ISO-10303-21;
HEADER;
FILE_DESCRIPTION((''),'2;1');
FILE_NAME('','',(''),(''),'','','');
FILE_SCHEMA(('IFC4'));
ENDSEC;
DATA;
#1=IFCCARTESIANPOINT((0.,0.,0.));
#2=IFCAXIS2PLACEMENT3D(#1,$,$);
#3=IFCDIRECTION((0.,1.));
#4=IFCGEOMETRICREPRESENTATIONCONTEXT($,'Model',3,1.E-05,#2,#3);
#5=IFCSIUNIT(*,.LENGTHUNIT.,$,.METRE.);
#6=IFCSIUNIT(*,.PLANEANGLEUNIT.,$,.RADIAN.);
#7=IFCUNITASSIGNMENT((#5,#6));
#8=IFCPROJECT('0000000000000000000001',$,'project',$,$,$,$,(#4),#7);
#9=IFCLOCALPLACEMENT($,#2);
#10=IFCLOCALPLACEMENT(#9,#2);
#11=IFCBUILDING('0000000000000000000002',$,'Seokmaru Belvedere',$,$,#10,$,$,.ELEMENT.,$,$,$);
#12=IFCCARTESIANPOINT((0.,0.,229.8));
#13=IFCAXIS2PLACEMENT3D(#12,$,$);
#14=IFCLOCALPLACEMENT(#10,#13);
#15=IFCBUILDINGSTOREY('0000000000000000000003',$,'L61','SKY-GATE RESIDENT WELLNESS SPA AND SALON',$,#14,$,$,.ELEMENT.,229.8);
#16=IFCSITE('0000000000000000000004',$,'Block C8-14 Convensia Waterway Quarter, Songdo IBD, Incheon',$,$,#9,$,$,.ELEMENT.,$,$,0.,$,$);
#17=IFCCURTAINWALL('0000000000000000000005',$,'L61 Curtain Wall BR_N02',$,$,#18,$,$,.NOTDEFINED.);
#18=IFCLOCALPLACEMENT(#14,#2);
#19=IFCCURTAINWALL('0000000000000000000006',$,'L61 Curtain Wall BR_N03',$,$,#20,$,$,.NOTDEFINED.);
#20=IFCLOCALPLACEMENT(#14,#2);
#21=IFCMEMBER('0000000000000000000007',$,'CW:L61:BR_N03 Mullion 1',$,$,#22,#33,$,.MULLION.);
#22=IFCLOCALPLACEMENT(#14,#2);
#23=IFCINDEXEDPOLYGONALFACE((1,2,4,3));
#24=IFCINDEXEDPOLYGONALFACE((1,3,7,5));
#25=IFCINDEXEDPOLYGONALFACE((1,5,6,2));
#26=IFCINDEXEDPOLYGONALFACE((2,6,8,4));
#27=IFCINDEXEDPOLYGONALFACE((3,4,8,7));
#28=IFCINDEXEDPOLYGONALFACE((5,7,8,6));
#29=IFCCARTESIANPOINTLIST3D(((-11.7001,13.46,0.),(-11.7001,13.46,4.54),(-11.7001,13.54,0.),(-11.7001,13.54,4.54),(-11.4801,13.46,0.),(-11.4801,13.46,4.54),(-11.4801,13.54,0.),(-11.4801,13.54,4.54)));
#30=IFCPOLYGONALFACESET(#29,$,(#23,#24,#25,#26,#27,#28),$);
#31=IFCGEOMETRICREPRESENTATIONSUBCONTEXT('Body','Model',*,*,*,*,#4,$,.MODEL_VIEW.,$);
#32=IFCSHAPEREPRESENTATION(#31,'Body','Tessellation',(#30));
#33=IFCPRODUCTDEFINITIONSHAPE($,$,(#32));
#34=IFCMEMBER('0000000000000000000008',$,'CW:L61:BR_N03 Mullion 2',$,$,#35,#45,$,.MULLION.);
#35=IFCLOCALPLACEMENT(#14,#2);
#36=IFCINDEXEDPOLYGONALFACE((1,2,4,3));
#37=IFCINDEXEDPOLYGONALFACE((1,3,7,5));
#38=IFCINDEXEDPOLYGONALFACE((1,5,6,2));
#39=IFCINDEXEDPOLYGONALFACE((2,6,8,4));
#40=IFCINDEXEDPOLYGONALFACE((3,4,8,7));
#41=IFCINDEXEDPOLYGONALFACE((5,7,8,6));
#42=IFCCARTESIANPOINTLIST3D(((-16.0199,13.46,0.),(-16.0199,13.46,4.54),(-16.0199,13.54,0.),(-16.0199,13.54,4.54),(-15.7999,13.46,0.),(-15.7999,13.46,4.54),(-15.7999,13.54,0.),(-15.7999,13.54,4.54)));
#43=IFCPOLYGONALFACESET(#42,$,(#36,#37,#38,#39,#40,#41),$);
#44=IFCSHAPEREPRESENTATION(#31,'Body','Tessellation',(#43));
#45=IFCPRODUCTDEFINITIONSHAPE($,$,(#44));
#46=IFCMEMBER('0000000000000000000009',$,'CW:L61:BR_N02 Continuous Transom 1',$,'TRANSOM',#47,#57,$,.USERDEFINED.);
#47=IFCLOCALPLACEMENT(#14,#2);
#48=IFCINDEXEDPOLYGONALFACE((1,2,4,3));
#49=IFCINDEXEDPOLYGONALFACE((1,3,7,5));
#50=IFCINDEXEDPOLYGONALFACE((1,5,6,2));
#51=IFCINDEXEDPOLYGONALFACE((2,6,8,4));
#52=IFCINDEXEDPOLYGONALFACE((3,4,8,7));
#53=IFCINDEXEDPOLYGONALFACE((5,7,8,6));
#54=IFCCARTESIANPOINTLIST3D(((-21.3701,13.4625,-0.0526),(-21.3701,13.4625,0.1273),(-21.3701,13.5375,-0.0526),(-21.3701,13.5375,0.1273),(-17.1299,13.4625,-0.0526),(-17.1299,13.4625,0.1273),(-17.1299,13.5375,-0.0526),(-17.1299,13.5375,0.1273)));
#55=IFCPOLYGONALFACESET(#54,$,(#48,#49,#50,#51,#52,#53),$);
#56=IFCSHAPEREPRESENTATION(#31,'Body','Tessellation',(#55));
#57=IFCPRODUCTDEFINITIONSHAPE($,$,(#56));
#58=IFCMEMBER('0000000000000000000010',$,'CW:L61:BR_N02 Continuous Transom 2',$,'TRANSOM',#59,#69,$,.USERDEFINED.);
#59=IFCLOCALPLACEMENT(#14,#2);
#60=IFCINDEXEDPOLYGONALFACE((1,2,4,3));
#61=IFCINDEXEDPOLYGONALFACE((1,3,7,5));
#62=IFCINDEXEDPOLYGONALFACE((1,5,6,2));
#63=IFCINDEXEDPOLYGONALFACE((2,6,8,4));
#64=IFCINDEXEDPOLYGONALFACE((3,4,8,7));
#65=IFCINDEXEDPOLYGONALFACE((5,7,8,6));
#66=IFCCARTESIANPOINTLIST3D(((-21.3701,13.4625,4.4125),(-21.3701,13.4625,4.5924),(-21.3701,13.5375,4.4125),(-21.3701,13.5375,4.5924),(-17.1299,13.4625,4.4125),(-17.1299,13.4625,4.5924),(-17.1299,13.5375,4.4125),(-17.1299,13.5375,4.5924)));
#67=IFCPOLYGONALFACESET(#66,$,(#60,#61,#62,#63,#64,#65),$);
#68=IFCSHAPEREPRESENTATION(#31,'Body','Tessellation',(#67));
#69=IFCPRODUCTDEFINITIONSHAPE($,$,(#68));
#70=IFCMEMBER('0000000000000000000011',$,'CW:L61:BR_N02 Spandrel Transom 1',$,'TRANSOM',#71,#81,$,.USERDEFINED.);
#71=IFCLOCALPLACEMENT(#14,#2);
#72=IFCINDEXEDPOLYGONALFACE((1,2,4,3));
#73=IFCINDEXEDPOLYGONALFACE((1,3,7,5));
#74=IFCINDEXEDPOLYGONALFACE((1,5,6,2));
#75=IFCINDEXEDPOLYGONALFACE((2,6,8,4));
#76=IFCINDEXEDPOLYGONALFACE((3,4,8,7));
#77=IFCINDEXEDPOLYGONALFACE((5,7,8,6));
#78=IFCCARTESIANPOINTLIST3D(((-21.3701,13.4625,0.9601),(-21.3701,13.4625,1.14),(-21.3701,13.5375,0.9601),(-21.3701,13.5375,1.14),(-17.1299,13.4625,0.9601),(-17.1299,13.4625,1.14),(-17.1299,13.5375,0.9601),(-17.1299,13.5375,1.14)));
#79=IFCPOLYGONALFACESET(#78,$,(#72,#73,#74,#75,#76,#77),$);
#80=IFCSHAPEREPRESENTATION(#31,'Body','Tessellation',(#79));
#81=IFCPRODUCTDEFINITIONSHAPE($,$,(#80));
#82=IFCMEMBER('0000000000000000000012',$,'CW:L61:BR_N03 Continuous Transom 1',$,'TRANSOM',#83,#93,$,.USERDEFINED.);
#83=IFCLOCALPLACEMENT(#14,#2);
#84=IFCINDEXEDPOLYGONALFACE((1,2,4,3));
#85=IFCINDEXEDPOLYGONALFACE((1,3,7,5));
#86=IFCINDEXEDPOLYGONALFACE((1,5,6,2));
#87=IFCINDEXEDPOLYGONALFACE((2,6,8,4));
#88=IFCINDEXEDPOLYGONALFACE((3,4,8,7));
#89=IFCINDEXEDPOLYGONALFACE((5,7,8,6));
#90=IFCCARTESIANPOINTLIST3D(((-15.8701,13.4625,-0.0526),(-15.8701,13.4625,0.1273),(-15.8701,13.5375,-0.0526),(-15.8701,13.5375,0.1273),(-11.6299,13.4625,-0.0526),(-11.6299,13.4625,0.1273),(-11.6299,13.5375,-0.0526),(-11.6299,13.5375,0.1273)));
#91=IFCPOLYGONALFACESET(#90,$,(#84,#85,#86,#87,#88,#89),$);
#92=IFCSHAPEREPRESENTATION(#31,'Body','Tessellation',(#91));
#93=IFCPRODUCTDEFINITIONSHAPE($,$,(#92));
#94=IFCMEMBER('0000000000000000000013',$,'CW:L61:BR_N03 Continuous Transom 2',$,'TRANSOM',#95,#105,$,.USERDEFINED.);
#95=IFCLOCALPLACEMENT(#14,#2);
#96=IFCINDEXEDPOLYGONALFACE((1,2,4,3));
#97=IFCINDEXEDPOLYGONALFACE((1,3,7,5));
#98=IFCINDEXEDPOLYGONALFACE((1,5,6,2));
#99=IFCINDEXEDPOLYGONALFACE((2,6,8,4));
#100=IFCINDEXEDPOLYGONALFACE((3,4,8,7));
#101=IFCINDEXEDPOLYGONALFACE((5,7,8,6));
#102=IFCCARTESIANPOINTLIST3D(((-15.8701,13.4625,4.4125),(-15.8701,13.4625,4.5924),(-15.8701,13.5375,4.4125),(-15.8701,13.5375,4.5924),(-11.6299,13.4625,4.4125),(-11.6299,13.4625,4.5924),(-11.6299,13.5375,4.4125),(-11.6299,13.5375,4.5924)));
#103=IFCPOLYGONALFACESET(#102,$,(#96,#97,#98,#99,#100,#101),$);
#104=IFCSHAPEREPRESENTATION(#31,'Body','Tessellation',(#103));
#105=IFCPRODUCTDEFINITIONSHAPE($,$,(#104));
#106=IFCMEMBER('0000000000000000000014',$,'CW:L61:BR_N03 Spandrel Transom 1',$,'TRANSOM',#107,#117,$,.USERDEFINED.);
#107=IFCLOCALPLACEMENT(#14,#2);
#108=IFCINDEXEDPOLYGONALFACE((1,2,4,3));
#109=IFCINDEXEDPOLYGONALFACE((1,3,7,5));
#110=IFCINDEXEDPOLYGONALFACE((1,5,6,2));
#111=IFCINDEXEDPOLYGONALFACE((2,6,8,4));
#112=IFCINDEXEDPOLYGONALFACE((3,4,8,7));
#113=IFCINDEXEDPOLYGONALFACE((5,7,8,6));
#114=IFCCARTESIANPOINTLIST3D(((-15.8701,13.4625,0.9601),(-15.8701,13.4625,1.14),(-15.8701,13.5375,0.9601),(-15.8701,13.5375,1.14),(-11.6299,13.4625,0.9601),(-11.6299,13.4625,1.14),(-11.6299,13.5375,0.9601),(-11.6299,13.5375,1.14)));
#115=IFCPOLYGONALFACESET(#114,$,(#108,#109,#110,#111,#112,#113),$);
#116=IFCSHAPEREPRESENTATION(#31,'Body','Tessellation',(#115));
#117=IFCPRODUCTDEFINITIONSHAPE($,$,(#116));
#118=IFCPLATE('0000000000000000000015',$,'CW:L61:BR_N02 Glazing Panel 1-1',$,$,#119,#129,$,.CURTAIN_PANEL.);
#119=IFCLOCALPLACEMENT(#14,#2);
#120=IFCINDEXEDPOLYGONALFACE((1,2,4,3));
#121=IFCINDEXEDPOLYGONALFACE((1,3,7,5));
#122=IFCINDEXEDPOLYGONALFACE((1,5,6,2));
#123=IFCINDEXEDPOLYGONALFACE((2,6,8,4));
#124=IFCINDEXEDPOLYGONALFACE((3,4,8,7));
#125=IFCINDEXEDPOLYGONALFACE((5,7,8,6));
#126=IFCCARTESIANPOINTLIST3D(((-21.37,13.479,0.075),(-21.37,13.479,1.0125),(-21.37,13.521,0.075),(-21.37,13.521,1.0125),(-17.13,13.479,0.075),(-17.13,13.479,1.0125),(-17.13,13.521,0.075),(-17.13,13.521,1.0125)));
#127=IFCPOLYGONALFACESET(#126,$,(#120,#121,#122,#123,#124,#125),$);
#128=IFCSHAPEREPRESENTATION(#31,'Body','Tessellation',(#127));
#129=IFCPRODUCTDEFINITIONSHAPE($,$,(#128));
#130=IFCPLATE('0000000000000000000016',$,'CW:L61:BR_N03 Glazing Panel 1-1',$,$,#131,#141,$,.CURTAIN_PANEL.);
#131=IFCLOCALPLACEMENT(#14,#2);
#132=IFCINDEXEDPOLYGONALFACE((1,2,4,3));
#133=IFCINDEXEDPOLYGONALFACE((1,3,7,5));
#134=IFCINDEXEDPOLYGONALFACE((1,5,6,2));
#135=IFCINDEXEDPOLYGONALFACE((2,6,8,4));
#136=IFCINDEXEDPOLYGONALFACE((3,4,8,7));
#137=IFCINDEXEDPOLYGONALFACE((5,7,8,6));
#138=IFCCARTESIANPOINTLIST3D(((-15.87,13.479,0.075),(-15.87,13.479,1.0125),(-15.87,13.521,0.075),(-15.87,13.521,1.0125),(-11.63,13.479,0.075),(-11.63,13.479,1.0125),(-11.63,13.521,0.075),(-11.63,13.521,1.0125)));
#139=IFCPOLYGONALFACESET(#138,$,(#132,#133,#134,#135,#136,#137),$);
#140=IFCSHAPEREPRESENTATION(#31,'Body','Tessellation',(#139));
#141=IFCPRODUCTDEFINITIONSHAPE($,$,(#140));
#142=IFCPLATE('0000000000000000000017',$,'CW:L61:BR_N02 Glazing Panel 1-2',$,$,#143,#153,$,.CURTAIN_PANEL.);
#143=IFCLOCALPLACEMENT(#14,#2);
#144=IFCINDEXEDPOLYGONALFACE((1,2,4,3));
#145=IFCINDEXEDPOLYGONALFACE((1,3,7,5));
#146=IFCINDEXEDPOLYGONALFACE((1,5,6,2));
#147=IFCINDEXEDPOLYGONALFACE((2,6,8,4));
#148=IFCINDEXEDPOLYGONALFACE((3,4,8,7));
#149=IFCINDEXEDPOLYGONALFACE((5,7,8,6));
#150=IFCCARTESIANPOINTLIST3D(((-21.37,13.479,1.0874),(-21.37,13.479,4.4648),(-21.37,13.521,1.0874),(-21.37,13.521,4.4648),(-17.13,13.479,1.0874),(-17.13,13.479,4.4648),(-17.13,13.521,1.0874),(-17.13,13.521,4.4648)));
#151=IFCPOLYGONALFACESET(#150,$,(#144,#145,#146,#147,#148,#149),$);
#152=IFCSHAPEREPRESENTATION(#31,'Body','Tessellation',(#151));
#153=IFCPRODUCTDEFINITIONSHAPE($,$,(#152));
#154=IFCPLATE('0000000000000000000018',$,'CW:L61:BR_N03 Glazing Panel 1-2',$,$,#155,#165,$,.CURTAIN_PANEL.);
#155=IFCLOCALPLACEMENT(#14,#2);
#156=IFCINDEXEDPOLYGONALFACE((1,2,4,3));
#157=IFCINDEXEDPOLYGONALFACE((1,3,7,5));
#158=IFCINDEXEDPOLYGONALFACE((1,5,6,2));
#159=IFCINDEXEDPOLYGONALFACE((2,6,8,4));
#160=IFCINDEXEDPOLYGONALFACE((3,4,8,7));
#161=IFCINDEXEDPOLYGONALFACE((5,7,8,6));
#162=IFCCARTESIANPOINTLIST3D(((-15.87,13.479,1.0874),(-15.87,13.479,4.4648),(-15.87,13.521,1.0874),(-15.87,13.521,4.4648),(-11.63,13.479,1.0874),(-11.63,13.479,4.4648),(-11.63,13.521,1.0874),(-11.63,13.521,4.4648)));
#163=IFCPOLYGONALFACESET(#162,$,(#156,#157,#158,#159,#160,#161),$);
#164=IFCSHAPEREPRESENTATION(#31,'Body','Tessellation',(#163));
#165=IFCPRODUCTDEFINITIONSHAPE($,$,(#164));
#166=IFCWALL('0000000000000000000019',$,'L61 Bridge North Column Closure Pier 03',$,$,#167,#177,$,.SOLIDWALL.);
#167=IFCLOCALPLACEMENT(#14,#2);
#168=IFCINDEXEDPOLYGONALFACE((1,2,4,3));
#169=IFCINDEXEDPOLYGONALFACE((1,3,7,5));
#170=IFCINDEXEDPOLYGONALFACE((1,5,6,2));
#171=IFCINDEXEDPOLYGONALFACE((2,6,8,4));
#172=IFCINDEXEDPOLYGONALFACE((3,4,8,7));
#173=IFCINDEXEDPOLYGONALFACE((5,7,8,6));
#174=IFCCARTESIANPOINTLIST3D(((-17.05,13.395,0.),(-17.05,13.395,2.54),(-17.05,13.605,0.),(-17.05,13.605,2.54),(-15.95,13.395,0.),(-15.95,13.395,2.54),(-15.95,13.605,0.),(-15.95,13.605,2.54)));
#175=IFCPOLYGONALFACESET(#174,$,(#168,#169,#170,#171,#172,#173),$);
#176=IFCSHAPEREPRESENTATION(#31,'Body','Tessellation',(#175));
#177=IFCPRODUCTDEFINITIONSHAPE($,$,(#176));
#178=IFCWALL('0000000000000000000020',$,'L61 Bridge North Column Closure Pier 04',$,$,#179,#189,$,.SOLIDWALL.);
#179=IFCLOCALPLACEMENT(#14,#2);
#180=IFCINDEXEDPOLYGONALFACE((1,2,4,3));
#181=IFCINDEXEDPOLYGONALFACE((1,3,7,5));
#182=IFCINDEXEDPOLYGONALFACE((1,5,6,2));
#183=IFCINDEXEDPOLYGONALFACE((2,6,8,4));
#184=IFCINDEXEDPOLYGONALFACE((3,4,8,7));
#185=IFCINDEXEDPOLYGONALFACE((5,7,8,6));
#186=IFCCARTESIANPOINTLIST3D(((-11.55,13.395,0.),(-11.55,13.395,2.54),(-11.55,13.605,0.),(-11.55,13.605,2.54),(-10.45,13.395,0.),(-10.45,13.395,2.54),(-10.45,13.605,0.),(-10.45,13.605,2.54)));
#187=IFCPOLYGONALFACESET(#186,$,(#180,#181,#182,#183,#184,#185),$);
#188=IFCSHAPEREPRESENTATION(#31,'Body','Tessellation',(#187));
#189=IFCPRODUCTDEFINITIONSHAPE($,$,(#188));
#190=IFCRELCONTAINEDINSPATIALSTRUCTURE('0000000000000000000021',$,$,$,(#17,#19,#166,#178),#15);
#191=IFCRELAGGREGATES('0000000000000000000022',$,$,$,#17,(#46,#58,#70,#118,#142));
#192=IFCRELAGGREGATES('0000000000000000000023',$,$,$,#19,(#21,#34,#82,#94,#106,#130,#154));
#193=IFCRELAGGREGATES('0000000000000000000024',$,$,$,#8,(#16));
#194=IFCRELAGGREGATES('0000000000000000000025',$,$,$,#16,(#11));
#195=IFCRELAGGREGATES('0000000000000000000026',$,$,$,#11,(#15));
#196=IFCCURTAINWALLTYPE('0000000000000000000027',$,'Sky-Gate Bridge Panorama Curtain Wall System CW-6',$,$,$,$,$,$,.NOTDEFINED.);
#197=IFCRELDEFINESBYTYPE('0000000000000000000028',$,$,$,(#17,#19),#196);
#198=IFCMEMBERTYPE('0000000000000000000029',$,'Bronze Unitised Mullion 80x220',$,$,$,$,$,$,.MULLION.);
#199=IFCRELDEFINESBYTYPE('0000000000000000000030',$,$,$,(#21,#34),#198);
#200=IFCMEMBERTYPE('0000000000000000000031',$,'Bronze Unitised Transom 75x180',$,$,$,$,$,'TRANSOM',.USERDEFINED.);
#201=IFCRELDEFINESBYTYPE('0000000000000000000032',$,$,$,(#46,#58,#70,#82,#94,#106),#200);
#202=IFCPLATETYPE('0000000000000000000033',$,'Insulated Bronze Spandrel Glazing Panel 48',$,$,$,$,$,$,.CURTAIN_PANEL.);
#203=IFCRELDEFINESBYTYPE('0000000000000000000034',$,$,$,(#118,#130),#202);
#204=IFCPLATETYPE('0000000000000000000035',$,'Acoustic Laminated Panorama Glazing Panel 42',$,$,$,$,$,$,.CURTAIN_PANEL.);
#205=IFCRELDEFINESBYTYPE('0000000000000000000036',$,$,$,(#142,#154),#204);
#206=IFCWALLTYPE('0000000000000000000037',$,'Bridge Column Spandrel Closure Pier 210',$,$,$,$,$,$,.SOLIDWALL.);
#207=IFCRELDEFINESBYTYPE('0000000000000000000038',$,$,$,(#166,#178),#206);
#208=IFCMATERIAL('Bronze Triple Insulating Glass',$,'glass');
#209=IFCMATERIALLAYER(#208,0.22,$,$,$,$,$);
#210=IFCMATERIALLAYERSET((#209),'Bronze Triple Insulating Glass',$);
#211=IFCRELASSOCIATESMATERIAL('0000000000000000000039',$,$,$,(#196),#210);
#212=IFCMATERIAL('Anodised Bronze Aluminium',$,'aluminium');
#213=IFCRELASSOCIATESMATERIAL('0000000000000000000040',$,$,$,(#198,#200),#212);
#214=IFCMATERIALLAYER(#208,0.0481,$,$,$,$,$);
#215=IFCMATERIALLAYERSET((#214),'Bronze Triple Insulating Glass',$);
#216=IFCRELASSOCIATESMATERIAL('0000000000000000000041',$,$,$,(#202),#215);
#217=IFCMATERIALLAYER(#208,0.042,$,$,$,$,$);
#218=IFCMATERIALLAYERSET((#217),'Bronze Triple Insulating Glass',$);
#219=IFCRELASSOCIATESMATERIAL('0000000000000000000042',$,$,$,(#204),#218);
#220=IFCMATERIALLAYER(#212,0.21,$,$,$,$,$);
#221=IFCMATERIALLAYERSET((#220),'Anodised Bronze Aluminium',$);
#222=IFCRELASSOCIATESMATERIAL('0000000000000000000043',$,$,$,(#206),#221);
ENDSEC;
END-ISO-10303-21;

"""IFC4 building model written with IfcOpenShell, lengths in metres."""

from ifc_helpers import new_model, si_unit, direction, frame, frame_2d, origin, origin_2d, place, context, subcontext, project, spatial, rectangle, extrude, source, transform, mapped, material, layer, layer_set, material_profile, profile_set, type_object, type_shapes, element, aggregate, save


model = new_model("IFC4")

# Units and contexts
model_context = context("Model", 3, precision=1e-05, world=origin(), true_north=direction((0.0, 1.0)))
body_context = subcontext(model_context, "Body", "Model", "MODEL_VIEW")
ifc_project = project(units=[si_unit("LENGTHUNIT", "METRE"), si_unit("PLANEANGLEUNIT", "RADIAN")], contexts=[model_context])

# Site, building, storey
site_placement = place(None, origin())
site = spatial("IfcSite", under=ifc_project, at=site_placement, Name="Block C8-14 Convensia Waterway Quarter, Songdo IBD, Incheon", CompositionType="ELEMENT", RefElevation=0.0)
building_placement = place(site_placement, origin())
building = spatial("IfcBuilding", under=site, at=building_placement, Name="Seokmaru Belvedere", CompositionType="ELEMENT")
storey_placement = place(building_placement, frame((0.0, 0.0, 229.8)))
storey = spatial("IfcBuildingStorey", under=building, at=storey_placement, Name="L61", Description="SKY-GATE RESIDENT WELLNESS SPA AND SALON", CompositionType="ELEMENT", Elevation=229.8)

# Curtain walls, members
ifc_material_1 = material(Name="Bronze Triple Insulating Glass", Category="glass")
ifc_layer_1 = layer(ifc_material_1, 0.22)
ifc_layer_set_1 = layer_set([ifc_layer_1], Name="Bronze Triple Insulating Glass")
curtain_wall_type = type_object("IfcCurtainWallType", Name="Sky-Gate Bridge Panorama Curtain Wall System CW-6", PredefinedType="NOTDEFINED", material=ifc_layer_set_1)
curtain_wall_1_placement = place(storey_placement, origin())
curtain_wall_1 = element("IfcCurtainWall", 1, at=curtain_wall_1_placement, inside=storey, type_object=curtain_wall_type, Name="L61 Curtain Wall BR_N02", PredefinedType="NOTDEFINED")
ifc_material_2 = material(Name="Anodised Bronze Aluminium", Category="aluminium")
ifc_material_profile_1 = material_profile(ifc_material_2, rectangle(XDim=0.0801, YDim=0.22, at=origin_2d()), Name="CW-M-80x220")
ifc_profile_set_1 = profile_set([ifc_material_profile_1], Name="Anodised Bronze Aluminium")
member_type_1 = type_object("IfcMemberType", Name="Bronze Unitised Mullion 80x220", PredefinedType="MULLION", material=ifc_profile_set_1)
shared_shape_1 = source(origin(), body_context, "Body", "SweptSolid", [
    extrude(rectangle(XDim=0.0801, YDim=0.22, at=origin_2d()), origin(), (0.0, 0.0, 1.0), 4.54),
])
type_shapes(member_type_1, [shared_shape_1])
curtain_wall_2_placement = place(storey_placement, origin())
curtain_wall_2 = element("IfcCurtainWall", 2, at=curtain_wall_2_placement, inside=storey, type_object=curtain_wall_type, Name="L61 Curtain Wall BR_N03", PredefinedType="NOTDEFINED")
member_1_placement = place(storey_placement, frame((-11.5901, 13.5, 0.0), z_axis=(0.0, 0.0, 1.0), x_axis=(0.0, -1.0, 0.0)))
member_1 = element("IfcMember", 3, at=member_1_placement, type_object=member_type_1, Name="CW:L61:BR_N03 Mullion 1", PredefinedType="MULLION", context=body_context, shape_type="MappedRepresentation", body=[
    mapped(shared_shape_1, transform((0.0, 0.0, 0.0), scale=1.0)),
])
member_2_placement = place(storey_placement, frame((-15.9099, 13.5, 0.0), z_axis=(0.0, 0.0, 1.0), x_axis=(0.0, -1.0, 0.0)))
member_2 = element("IfcMember", 4, at=member_2_placement, type_object=member_type_1, Name="CW:L61:BR_N03 Mullion 2", PredefinedType="MULLION", context=body_context, shape_type="MappedRepresentation", body=[
    mapped(shared_shape_1, transform((0.0, 0.0, 0.0), scale=1.0)),
])

# Members
ifc_material_profile_2 = material_profile(ifc_material_2, rectangle(XDim=0.075, YDim=0.1799, at=origin_2d()), Name="CW-T-75x180")
ifc_profile_set_2 = profile_set([ifc_material_profile_2], Name="Anodised Bronze Aluminium")
member_type_2 = type_object("IfcMemberType", Name="Bronze Unitised Transom 75x180", ElementType="TRANSOM", PredefinedType="USERDEFINED", material=ifc_profile_set_2)
shared_shape_2 = source(origin(), body_context, "Body", "SweptSolid", [
    extrude(rectangle(XDim=0.075, YDim=0.1799, at=origin_2d()), origin(), (0.0, 0.0, 1.0), 4.2402),
])
type_shapes(member_type_2, [shared_shape_2])
member_3_placement = place(storey_placement, frame((-17.1299, 13.5, 0.0374), z_axis=(-1.0, 0.0, 0.0), x_axis=(0.0, -1.0, 0.0)))
member_3 = element("IfcMember", 5, at=member_3_placement, type_object=member_type_2, Name="CW:L61:BR_N02 Continuous Transom 1", ObjectType="TRANSOM", PredefinedType="USERDEFINED", context=body_context, shape_type="MappedRepresentation", body=[
    mapped(shared_shape_2, transform((0.0, 0.0, 0.0), scale=1.0)),
])
member_4_placement = place(storey_placement, frame((-17.1299, 13.5, 4.5024), z_axis=(-1.0, 0.0, 0.0), x_axis=(0.0, -1.0, 0.0)))
member_4 = element("IfcMember", 6, at=member_4_placement, type_object=member_type_2, Name="CW:L61:BR_N02 Continuous Transom 2", ObjectType="TRANSOM", PredefinedType="USERDEFINED", context=body_context, shape_type="MappedRepresentation", body=[
    mapped(shared_shape_2, transform((0.0, 0.0, 0.0), scale=1.0)),
])
member_5_placement = place(storey_placement, frame((-17.1299, 13.5, 1.05), z_axis=(-1.0, 0.0, 0.0), x_axis=(0.0, -1.0, 0.0)))
member_5 = element("IfcMember", 7, at=member_5_placement, type_object=member_type_2, Name="CW:L61:BR_N02 Spandrel Transom 1", ObjectType="TRANSOM", PredefinedType="USERDEFINED", context=body_context, shape_type="MappedRepresentation", body=[
    mapped(shared_shape_2, transform((0.0, 0.0, 0.0), scale=1.0)),
])
member_6_placement = place(storey_placement, frame((-11.6299, 13.5, 0.0374), z_axis=(-1.0, 0.0, 0.0), x_axis=(0.0, -1.0, 0.0)))
member_6 = element("IfcMember", 8, at=member_6_placement, type_object=member_type_2, Name="CW:L61:BR_N03 Continuous Transom 1", ObjectType="TRANSOM", PredefinedType="USERDEFINED", context=body_context, shape_type="MappedRepresentation", body=[
    mapped(shared_shape_2, transform((0.0, 0.0, 0.0), scale=1.0)),
])
member_7_placement = place(storey_placement, frame((-11.6299, 13.5, 4.5024), z_axis=(-1.0, 0.0, 0.0), x_axis=(0.0, -1.0, 0.0)))
member_7 = element("IfcMember", 9, at=member_7_placement, type_object=member_type_2, Name="CW:L61:BR_N03 Continuous Transom 2", ObjectType="TRANSOM", PredefinedType="USERDEFINED", context=body_context, shape_type="MappedRepresentation", body=[
    mapped(shared_shape_2, transform((0.0, 0.0, 0.0), scale=1.0)),
])
member_8_placement = place(storey_placement, frame((-11.6299, 13.5, 1.05), z_axis=(-1.0, 0.0, 0.0), x_axis=(0.0, -1.0, 0.0)))
member_8 = element("IfcMember", 10, at=member_8_placement, type_object=member_type_2, Name="CW:L61:BR_N03 Spandrel Transom 1", ObjectType="TRANSOM", PredefinedType="USERDEFINED", context=body_context, shape_type="MappedRepresentation", body=[
    mapped(shared_shape_2, transform((0.0, 0.0, 0.0), scale=1.0)),
])

# Plates
ifc_layer_2 = layer(ifc_material_1, 0.0481)
ifc_layer_set_2 = layer_set([ifc_layer_2], Name="Bronze Triple Insulating Glass")
plate_type_1 = type_object("IfcPlateType", Name="Insulated Bronze Spandrel Glazing Panel 48", PredefinedType="CURTAIN_PANEL", material=ifc_layer_set_2)
shared_shape_3 = source(origin(), body_context, "Body", "SweptSolid", [
    extrude(rectangle(XDim=4.24, YDim=0.042, at=origin_2d()), origin(), (0.0, 0.0, 1.0), 0.9375),
])
type_shapes(plate_type_1, [shared_shape_3])
plate_1_placement = place(storey_placement, frame((-19.25, 13.5, 0.075), z_axis=(0.0, 0.0, 1.0), x_axis=(-1.0, 0.0, 0.0)))
plate_1 = element("IfcPlate", 11, at=plate_1_placement, type_object=plate_type_1, Name="CW:L61:BR_N02 Glazing Panel 1-1", PredefinedType="CURTAIN_PANEL", context=body_context, shape_type="MappedRepresentation", body=[
    mapped(shared_shape_3, transform((0.0, 0.0, 0.0), scale=1.0)),
])
plate_2_placement = place(storey_placement, frame((-13.75, 13.5, 0.075), z_axis=(0.0, 0.0, 1.0), x_axis=(-1.0, 0.0, 0.0)))
plate_2 = element("IfcPlate", 12, at=plate_2_placement, type_object=plate_type_1, Name="CW:L61:BR_N03 Glazing Panel 1-1", PredefinedType="CURTAIN_PANEL", context=body_context, shape_type="MappedRepresentation", body=[
    mapped(shared_shape_3, transform((0.0, 0.0, 0.0), scale=1.0)),
])
ifc_layer_3 = layer(ifc_material_1, 0.042)
ifc_layer_set_3 = layer_set([ifc_layer_3], Name="Bronze Triple Insulating Glass")
plate_type_2 = type_object("IfcPlateType", Name="Acoustic Laminated Panorama Glazing Panel 42", PredefinedType="CURTAIN_PANEL", material=ifc_layer_set_3)
shared_shape_4 = source(origin(), body_context, "Body", "SweptSolid", [
    extrude(rectangle(XDim=4.24, YDim=0.042, at=origin_2d()), origin(), (0.0, 0.0, 1.0), 3.3774),
])
type_shapes(plate_type_2, [shared_shape_4])
plate_3_placement = place(storey_placement, frame((-19.25, 13.5, 1.0874), z_axis=(0.0, 0.0, 1.0), x_axis=(-1.0, 0.0, 0.0)))
plate_3 = element("IfcPlate", 13, at=plate_3_placement, type_object=plate_type_2, Name="CW:L61:BR_N02 Glazing Panel 1-2", PredefinedType="CURTAIN_PANEL", context=body_context, shape_type="MappedRepresentation", body=[
    mapped(shared_shape_4, transform((0.0, 0.0, 0.0), scale=1.0)),
])
aggregate(curtain_wall_1, [member_3, member_4, member_5, plate_1, plate_3])
plate_4_placement = place(storey_placement, frame((-13.75, 13.5, 1.0874), z_axis=(0.0, 0.0, 1.0), x_axis=(-1.0, 0.0, 0.0)))
plate_4 = element("IfcPlate", 14, at=plate_4_placement, type_object=plate_type_2, Name="CW:L61:BR_N03 Glazing Panel 1-2", PredefinedType="CURTAIN_PANEL", context=body_context, shape_type="MappedRepresentation", body=[
    mapped(shared_shape_4, transform((0.0, 0.0, 0.0), scale=1.0)),
])
aggregate(curtain_wall_2, [member_1, member_2, member_6, member_7, member_8, plate_2, plate_4])

# Walls
ifc_layer_4 = layer(ifc_material_2, 0.21)
ifc_layer_set_4 = layer_set([ifc_layer_4], Name="Anodised Bronze Aluminium")
wall_type = type_object("IfcWallType", Name="Bridge Column Spandrel Closure Pier 210", PredefinedType="SOLIDWALL", material=ifc_layer_set_4)
for number, where, z_axis, x_axis, name in (
    (15, (-17.05, 13.5, 0.0), (0.0, 0.0, 1.0), (1.0, 0.0, 0.0), "L61 Bridge North Column Closure Pier 03"),
    (16, (-11.55, 13.5, 0.0), (0.0, 0.0, 1.0), (1.0, 0.0, 0.0), "L61 Bridge North Column Closure Pier 04"),
):
    element("IfcWall", number, at=place(storey_placement, frame(where, z_axis=z_axis, x_axis=x_axis)), inside=storey, type_object=wall_type, Name=name, PredefinedType="SOLIDWALL", context=body_context, shape_type="SweptSolid", body=[
        extrude(rectangle(XDim=1.1001, YDim=0.21, at=frame_2d((0.55, 0.0))), origin(), (0.0, 0.0, 1.0), 2.54),
    ])

save(model, "model.ifc")
